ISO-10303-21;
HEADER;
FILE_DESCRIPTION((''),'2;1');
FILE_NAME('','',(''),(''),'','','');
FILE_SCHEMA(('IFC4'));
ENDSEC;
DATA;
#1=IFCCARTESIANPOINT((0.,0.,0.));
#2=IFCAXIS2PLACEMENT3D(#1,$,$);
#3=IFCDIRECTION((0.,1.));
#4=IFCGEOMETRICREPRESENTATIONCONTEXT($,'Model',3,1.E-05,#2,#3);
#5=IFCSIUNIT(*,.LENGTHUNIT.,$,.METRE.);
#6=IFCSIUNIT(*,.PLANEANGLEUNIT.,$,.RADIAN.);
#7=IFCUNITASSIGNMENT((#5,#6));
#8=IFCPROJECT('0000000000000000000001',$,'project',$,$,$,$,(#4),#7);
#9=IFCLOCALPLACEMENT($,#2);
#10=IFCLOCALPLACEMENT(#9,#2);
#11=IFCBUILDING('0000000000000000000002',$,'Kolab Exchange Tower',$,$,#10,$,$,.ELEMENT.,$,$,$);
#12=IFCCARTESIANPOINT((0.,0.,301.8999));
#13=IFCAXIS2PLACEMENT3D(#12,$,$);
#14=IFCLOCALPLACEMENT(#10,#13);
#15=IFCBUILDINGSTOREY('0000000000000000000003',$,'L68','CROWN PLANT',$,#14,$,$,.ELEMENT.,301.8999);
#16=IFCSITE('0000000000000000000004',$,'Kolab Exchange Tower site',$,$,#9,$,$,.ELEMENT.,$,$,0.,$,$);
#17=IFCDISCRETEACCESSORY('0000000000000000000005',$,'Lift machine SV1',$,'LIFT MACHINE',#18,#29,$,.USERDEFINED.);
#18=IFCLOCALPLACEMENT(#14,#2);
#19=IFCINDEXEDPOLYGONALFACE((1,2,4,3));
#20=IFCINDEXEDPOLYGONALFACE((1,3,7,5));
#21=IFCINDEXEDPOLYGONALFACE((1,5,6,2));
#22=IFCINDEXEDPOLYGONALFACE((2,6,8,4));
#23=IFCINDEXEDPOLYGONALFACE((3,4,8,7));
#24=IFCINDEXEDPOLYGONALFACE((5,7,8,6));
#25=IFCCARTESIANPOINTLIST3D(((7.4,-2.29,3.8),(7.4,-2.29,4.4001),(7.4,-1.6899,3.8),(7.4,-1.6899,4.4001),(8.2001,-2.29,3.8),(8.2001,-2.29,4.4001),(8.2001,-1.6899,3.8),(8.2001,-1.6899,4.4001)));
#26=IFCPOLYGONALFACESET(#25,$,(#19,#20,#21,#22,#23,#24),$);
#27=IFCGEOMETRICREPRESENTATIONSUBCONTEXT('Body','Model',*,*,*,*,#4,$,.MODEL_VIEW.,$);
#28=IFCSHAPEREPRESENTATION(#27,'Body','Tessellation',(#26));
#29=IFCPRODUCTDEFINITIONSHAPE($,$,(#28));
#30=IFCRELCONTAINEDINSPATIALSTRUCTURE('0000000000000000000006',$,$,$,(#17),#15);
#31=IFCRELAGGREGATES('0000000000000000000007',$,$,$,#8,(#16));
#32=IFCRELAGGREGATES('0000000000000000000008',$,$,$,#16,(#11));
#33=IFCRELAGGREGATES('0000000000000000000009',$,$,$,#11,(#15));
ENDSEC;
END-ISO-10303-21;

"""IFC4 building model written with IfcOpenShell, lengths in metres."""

from ifc_helpers import new_model, si_unit, direction, frame, origin, origin_2d, place, context, subcontext, project, spatial, rectangle, extrude, element, save


model = new_model("IFC4")

# Units and contexts
model_context = context("Model", 3, precision=1e-05, world=origin(), true_north=direction((0.0, 1.0)))
body_context = subcontext(model_context, "Body", "Model", "MODEL_VIEW")
ifc_project = project(units=[si_unit("LENGTHUNIT", "METRE"), si_unit("PLANEANGLEUNIT", "RADIAN")], contexts=[model_context])

# Site, building, storey
site_placement = place(None, origin())
site = spatial("IfcSite", under=ifc_project, at=site_placement, Name="Kolab Exchange Tower site", CompositionType="ELEMENT", RefElevation=0.0)
building_placement = place(site_placement, origin())
building = spatial("IfcBuilding", under=site, at=building_placement, Name="Kolab Exchange Tower", CompositionType="ELEMENT")
storey_placement = place(building_placement, frame((0.0, 0.0, 301.8999)))
storey = spatial("IfcBuildingStorey", under=building, at=storey_placement, Name="L68", Description="CROWN PLANT", CompositionType="ELEMENT", Elevation=301.8999)

# Discrete accessory
discrete_accessory_placement = place(storey_placement, frame((7.8, -1.99, 3.8), z_axis=(0.0, 0.0, 1.0), x_axis=(1.0, 0.0, 0.0)))
element("IfcDiscreteAccessory", 1, at=discrete_accessory_placement, inside=storey, Name="Lift machine SV1", ObjectType="LIFT MACHINE", PredefinedType="USERDEFINED", context=body_context, shape_type="SweptSolid", body=[
    extrude(rectangle(XDim=0.8, YDim=0.6001, at=origin_2d()), origin(), (0.0, 0.0, 1.0), 0.6001),
])

save(model, "model.ifc")
